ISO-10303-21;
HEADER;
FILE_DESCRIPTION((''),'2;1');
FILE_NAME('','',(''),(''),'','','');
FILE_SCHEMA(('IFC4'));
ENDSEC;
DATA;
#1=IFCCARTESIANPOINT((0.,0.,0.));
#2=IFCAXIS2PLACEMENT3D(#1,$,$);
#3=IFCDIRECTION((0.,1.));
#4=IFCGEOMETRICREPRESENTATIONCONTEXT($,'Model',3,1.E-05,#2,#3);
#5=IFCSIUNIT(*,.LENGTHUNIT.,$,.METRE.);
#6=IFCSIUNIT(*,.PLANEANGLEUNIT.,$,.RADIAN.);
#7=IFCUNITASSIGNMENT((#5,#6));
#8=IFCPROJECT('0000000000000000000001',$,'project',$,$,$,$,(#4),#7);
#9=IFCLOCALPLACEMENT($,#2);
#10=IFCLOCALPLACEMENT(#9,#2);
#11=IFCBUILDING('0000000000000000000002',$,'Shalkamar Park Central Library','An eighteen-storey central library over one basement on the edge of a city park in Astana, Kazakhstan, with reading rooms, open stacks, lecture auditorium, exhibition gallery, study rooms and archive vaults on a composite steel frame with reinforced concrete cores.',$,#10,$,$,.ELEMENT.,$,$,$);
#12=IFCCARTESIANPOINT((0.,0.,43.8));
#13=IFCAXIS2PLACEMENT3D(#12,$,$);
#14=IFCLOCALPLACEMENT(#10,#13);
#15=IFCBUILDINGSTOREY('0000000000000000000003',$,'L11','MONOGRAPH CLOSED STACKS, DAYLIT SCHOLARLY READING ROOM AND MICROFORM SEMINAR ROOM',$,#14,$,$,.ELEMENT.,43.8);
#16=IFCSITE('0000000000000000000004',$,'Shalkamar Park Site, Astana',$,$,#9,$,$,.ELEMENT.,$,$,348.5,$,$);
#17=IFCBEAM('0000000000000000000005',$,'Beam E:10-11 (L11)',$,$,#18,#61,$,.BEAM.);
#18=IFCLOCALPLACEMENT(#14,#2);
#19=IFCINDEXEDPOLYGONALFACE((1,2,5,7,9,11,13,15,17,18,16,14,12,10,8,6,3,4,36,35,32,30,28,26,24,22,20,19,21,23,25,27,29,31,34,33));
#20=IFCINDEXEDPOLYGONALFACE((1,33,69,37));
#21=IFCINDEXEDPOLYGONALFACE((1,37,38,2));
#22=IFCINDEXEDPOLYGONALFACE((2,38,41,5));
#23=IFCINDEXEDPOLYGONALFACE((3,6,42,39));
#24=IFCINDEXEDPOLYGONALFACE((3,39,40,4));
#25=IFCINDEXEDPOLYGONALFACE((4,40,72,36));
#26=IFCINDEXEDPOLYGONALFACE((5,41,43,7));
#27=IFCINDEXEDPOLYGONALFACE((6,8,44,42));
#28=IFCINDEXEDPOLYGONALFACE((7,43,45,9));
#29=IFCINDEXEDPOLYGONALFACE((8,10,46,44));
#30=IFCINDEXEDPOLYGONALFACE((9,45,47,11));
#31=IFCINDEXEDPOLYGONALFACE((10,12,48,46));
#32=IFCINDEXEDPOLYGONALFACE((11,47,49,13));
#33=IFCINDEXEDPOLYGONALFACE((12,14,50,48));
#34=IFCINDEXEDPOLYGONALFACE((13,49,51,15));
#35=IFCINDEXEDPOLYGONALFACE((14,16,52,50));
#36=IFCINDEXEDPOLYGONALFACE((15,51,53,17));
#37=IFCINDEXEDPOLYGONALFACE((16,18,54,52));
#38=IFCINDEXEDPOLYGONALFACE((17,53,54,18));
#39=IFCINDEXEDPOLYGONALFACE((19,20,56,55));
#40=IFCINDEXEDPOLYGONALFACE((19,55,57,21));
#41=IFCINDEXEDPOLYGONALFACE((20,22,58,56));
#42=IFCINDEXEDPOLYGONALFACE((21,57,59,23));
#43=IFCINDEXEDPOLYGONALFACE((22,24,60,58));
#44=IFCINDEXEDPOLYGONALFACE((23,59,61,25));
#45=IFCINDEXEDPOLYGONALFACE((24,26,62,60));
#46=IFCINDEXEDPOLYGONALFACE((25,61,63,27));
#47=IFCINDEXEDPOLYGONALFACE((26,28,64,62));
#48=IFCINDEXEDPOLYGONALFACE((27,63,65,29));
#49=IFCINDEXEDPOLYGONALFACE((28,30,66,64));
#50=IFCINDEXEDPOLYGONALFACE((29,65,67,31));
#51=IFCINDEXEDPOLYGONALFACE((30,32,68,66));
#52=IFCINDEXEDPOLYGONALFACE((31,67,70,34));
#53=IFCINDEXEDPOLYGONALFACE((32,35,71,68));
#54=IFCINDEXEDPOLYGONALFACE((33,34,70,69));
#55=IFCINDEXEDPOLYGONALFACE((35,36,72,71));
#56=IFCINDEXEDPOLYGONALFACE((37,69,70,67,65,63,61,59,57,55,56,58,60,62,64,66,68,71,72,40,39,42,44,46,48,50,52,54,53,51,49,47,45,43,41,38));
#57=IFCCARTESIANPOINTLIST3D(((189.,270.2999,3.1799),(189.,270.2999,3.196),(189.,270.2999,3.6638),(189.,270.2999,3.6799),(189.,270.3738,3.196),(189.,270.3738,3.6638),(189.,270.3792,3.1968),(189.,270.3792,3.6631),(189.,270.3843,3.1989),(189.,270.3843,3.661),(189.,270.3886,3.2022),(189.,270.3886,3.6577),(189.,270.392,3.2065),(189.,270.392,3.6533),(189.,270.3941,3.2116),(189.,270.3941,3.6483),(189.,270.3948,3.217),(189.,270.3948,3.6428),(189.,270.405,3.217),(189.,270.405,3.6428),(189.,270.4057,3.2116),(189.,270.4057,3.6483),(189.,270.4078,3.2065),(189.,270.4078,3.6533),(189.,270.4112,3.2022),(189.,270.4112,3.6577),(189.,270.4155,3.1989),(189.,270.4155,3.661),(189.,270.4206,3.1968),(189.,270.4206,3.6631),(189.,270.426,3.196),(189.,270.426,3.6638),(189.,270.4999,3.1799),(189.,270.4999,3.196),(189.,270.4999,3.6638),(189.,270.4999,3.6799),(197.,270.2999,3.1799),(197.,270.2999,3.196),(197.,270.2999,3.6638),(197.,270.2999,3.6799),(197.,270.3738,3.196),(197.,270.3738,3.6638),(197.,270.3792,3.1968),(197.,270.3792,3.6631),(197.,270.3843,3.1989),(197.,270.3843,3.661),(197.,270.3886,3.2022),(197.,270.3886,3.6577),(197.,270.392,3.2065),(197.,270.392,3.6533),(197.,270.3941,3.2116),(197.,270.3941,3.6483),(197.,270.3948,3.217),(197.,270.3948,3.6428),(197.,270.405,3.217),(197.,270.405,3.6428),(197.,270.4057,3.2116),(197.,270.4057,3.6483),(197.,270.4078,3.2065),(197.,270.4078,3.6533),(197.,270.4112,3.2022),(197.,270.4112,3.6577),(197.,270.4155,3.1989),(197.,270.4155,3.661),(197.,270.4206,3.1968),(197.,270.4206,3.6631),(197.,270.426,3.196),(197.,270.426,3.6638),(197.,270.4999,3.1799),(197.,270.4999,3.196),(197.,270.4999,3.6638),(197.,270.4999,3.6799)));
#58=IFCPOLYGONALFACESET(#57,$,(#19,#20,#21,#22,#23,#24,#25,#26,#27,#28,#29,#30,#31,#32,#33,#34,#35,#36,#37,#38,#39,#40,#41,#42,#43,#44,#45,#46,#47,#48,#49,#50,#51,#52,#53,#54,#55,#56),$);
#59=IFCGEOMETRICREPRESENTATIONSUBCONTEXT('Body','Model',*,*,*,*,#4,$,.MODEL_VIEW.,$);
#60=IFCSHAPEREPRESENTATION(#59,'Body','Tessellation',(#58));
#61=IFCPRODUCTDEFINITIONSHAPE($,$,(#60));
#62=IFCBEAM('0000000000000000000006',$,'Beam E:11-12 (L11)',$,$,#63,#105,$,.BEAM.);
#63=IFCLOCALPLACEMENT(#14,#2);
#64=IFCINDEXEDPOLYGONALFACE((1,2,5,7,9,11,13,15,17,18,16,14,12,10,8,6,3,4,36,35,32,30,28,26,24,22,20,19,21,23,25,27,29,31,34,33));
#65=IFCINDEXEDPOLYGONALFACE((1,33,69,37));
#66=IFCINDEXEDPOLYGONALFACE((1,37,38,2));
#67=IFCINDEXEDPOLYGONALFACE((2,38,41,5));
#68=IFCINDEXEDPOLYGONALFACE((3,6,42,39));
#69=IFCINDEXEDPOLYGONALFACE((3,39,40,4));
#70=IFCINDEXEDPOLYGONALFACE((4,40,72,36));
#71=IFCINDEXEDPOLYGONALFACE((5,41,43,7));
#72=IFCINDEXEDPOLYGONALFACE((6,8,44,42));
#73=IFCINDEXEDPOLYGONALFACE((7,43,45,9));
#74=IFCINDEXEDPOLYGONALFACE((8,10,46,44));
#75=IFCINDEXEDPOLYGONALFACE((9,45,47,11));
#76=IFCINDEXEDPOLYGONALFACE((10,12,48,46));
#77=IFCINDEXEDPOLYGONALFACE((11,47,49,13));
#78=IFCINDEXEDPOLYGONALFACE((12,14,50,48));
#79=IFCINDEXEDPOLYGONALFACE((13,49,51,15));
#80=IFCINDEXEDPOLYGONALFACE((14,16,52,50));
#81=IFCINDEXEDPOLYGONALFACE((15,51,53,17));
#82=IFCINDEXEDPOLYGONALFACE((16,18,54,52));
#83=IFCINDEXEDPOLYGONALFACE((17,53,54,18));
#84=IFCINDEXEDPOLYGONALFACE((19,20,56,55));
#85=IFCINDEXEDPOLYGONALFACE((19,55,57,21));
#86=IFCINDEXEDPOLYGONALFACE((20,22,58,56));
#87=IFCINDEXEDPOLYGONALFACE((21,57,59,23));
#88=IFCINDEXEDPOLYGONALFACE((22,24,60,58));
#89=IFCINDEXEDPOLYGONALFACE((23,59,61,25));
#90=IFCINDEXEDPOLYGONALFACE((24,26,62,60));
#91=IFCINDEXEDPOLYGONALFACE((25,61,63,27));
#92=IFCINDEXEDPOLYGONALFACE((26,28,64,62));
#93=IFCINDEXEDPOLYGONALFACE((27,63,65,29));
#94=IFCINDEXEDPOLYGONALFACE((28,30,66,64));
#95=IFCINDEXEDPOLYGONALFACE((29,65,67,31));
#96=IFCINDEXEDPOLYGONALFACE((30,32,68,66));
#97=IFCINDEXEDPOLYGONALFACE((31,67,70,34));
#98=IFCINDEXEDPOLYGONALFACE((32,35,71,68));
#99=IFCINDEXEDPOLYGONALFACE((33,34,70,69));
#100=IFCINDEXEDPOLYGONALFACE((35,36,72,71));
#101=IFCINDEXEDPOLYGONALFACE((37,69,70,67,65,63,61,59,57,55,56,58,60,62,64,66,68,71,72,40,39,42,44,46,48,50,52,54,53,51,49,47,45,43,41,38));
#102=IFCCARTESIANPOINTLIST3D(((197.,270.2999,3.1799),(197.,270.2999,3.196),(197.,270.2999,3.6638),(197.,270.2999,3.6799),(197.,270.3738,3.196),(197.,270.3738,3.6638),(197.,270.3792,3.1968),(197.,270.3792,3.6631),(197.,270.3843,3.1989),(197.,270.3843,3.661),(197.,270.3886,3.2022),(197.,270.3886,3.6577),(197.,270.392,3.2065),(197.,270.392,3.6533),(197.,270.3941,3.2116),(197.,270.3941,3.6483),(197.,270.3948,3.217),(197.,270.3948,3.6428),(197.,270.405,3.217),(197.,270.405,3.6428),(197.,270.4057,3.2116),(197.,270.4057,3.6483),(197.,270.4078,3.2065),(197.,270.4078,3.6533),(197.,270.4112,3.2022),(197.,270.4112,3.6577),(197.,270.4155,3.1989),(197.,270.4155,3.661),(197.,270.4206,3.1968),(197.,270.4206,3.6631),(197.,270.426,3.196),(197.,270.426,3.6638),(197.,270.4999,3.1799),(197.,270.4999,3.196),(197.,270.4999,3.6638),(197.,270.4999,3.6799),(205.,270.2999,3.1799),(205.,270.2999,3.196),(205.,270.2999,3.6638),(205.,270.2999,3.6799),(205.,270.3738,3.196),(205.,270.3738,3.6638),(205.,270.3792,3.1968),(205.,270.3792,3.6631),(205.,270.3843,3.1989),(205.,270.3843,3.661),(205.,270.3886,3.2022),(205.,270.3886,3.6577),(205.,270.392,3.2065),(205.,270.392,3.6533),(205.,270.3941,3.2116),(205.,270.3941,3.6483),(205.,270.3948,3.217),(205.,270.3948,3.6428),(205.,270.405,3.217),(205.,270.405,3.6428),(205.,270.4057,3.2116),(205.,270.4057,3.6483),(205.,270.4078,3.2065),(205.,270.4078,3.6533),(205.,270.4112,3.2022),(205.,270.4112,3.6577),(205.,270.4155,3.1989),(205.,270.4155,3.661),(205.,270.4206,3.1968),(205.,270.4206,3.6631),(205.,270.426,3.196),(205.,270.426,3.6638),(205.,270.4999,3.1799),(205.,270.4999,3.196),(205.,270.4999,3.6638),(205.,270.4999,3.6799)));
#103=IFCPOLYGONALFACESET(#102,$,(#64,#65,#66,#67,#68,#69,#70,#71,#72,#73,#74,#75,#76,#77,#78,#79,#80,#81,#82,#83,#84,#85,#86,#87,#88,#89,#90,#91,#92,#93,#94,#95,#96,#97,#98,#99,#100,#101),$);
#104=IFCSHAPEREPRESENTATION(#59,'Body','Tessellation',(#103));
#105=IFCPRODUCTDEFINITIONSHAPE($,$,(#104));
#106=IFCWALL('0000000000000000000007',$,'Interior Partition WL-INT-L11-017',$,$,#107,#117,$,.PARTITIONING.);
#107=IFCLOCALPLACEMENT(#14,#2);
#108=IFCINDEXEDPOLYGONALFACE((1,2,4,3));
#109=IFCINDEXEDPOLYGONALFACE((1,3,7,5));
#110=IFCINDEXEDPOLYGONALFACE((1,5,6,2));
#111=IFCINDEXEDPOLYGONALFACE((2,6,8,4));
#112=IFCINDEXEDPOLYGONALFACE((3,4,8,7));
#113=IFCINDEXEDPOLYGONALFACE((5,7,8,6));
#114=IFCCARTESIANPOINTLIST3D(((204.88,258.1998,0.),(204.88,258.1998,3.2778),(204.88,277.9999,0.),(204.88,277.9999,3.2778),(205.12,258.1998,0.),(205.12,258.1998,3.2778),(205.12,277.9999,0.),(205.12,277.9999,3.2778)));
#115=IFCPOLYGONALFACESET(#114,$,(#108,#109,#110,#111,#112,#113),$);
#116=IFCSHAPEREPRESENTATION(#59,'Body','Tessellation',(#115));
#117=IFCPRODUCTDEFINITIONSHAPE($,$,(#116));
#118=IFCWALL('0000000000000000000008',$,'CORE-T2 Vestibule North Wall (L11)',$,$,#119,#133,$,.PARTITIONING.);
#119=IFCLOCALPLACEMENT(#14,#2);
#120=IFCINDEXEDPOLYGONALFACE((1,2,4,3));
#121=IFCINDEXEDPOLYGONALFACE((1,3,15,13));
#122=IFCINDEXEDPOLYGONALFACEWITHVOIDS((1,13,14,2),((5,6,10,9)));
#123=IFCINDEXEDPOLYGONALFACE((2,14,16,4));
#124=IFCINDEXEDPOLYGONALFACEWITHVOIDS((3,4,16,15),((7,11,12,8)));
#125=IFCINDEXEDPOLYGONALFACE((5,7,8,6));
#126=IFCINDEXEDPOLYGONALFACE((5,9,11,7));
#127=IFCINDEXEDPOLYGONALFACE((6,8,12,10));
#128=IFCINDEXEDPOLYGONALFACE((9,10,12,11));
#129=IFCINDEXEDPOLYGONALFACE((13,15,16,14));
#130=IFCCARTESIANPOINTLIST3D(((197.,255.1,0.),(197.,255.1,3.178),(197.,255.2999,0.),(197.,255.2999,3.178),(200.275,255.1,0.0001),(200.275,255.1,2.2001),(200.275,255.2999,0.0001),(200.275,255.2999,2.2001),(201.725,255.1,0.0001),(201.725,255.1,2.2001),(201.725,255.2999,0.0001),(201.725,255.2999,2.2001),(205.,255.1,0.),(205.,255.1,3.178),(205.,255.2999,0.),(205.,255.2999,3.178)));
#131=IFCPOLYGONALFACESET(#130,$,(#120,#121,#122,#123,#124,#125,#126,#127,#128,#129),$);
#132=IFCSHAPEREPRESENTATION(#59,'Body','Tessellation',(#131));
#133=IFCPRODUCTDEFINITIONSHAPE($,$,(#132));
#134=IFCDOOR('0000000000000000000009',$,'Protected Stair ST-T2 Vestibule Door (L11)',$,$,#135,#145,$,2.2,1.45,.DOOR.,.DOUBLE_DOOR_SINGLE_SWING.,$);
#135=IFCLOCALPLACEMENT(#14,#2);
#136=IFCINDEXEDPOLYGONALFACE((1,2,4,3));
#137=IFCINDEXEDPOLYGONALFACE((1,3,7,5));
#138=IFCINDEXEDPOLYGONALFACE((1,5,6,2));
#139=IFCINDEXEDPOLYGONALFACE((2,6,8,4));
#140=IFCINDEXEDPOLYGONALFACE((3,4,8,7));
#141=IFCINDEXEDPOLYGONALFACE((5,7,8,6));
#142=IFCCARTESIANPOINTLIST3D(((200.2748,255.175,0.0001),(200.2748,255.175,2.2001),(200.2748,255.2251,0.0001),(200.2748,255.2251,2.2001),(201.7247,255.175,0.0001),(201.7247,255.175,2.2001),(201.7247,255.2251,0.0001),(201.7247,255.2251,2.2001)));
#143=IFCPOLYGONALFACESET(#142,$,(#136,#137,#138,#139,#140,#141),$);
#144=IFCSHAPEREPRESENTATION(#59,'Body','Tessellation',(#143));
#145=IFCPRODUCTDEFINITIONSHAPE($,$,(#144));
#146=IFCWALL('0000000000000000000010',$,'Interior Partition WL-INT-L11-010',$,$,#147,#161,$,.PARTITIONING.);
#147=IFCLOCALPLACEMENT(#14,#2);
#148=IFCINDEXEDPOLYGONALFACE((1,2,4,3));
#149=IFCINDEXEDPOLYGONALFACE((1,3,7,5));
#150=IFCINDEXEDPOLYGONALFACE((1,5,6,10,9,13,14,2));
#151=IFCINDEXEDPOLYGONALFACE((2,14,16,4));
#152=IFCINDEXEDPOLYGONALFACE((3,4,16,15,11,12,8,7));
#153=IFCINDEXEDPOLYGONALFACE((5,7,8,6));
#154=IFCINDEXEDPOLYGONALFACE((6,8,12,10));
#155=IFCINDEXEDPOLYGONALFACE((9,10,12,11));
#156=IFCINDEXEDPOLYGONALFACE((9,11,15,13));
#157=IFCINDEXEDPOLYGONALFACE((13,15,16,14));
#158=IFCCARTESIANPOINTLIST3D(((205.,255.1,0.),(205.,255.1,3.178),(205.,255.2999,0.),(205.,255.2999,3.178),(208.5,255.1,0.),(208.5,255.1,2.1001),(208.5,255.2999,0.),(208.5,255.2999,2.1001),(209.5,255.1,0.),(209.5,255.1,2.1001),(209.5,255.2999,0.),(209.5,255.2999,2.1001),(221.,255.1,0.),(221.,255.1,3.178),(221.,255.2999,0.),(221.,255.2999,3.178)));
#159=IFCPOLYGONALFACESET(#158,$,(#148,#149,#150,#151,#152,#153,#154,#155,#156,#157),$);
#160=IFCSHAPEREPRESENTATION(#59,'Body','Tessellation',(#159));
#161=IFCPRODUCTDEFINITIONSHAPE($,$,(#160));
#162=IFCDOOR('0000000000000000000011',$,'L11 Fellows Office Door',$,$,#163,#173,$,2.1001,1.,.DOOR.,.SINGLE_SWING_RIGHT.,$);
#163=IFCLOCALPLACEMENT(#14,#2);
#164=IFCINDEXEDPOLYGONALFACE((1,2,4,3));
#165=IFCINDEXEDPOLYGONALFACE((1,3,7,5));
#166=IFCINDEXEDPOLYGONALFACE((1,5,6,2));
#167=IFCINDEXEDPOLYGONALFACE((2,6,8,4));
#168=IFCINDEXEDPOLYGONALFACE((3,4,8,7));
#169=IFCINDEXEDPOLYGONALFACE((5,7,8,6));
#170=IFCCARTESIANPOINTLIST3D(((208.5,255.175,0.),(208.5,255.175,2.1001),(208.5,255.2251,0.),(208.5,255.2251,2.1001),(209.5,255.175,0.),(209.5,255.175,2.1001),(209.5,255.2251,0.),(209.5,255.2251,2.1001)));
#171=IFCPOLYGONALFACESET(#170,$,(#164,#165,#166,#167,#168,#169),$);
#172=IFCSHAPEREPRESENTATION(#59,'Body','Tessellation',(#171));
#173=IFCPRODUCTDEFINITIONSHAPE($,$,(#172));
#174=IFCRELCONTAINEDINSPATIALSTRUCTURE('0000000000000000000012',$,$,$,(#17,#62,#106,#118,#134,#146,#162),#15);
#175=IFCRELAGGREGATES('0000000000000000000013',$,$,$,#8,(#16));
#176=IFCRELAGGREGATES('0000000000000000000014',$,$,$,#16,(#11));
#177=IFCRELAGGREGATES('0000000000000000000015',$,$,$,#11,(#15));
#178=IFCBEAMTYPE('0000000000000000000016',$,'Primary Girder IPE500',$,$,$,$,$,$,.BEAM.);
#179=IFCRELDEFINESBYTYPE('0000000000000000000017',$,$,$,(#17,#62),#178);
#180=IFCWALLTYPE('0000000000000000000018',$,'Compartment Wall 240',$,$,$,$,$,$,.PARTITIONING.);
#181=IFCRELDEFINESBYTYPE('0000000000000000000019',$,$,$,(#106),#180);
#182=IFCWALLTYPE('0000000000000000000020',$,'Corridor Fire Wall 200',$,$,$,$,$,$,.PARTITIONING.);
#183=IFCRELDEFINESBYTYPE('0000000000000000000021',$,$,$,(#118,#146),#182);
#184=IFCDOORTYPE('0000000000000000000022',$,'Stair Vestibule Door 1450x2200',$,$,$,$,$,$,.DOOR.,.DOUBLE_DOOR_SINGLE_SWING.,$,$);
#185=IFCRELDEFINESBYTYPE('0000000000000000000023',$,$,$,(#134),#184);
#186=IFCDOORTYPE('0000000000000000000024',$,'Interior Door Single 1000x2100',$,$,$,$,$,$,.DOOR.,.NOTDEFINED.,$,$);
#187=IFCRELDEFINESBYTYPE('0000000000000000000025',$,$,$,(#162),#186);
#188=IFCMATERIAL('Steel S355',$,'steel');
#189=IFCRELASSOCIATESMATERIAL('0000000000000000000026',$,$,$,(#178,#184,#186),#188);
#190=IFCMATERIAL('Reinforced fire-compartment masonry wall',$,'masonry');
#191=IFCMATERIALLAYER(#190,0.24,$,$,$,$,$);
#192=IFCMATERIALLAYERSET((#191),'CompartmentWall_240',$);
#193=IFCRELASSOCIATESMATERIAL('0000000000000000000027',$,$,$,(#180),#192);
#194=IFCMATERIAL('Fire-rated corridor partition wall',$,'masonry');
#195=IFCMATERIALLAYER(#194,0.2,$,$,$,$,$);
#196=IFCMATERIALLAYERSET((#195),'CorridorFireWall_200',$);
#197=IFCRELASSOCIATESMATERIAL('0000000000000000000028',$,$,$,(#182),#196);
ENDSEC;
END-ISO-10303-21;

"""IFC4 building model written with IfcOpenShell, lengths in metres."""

from ifc_helpers import new_model, si_unit, direction, frame, frame_2d, origin, origin_2d, place, context, subcontext, project, spatial, rectangle, i_section, extrude, material, layer, layer_set, material_profile, profile_set, type_object, element, fill, save


model = new_model("IFC4")

# Units and contexts
model_context = context("Model", 3, precision=1e-05, world=origin(), true_north=direction((0.0, 1.0)))
body_context = subcontext(model_context, "Body", "Model", "MODEL_VIEW")
ifc_project = project(units=[si_unit("LENGTHUNIT", "METRE"), si_unit("PLANEANGLEUNIT", "RADIAN")], contexts=[model_context])

# Site, building, storey
site_placement = place(None, origin())
site = spatial("IfcSite", under=ifc_project, at=site_placement, Name="Shalkamar Park Site, Astana", CompositionType="ELEMENT", RefElevation=348.5)
building_placement = place(site_placement, origin())
building = spatial("IfcBuilding", under=site, at=building_placement, Name="Shalkamar Park Central Library", Description="An eighteen-storey central library over one basement on the edge of a city park in Astana, Kazakhstan, with reading rooms, open stacks, lecture auditorium, exhibition gallery, study rooms and archive vaults on a composite steel frame with reinforced concrete cores.", CompositionType="ELEMENT")
storey_placement = place(building_placement, frame((0.0, 0.0, 43.8)))
storey = spatial("IfcBuildingStorey", under=building, at=storey_placement, Name="L11", Description="MONOGRAPH CLOSED STACKS, DAYLIT SCHOLARLY READING ROOM AND MICROFORM SEMINAR ROOM", CompositionType="ELEMENT", Elevation=43.8)

# Shared definitions
ifc_material_1 = material(Name="Steel S355", Category="steel")

# Beams
ifc_material_profile_1 = material_profile(ifc_material_1, i_section(OverallWidth=0.2, OverallDepth=0.5, WebThickness=0.0103, FlangeThickness=0.0161, FilletRadius=0.021, at=origin_2d()), Name="IPE 500")
ifc_profile_set_1 = profile_set([ifc_material_profile_1], Name="Steel S355")
beam_type_1 = type_object("IfcBeamType", Name="Primary Girder IPE500", PredefinedType="BEAM", material=ifc_profile_set_1)
for number, where, z_axis, x_axis, name in (
    (1, (189.0, 270.3999, 3.4299), (1.0, 0.0, 0.0), (0.0, 1.0, 0.0), "Beam E:10-11 (L11)"),
    (2, (197.0, 270.3999, 3.4299), (1.0, 0.0, 0.0), (0.0, 1.0, 0.0), "Beam E:11-12 (L11)"),
):
    element("IfcBeam", number, at=place(storey_placement, frame(where, z_axis=z_axis, x_axis=x_axis)), inside=storey, type_object=beam_type_1, Name=name, PredefinedType="BEAM", context=body_context, shape_type="SweptSolid", body=[
        extrude(i_section(OverallWidth=0.2, OverallDepth=0.5, WebThickness=0.0103, FlangeThickness=0.0161, FilletRadius=0.021, at=origin_2d()), origin(), (0.0, 0.0, 1.0), 8.0),
    ])

# Wall
ifc_material_2 = material(Name="Reinforced fire-compartment masonry wall", Category="masonry")
ifc_layer_1 = layer(ifc_material_2, 0.24)
ifc_layer_set_1 = layer_set([ifc_layer_1], Name="CompartmentWall_240")
wall_type_1 = type_object("IfcWallType", Name="Compartment Wall 240", PredefinedType="PARTITIONING", material=ifc_layer_set_1)
wall_1_placement = place(storey_placement, frame((205.0, 258.2, 0.0), z_axis=(0.0, 0.0, 1.0), x_axis=(0.0, 1.0, 0.0)))
element("IfcWall", 3, at=wall_1_placement, inside=storey, type_object=wall_type_1, Name="Interior Partition WL-INT-L11-017", PredefinedType="PARTITIONING", context=body_context, shape_type="SweptSolid", body=[
    extrude(rectangle(XDim=19.8, YDim=0.24, at=frame_2d((9.8999, 0.0))), origin(), (0.0, 0.0, 1.0), 3.2778),
])

# Walls, openings, doors
ifc_material_3 = material(Name="Fire-rated corridor partition wall", Category="masonry")
ifc_layer_2 = layer(ifc_material_3, 0.2)
ifc_layer_set_2 = layer_set([ifc_layer_2], Name="CorridorFireWall_200")
wall_type_2 = type_object("IfcWallType", Name="Corridor Fire Wall 200", PredefinedType="PARTITIONING", material=ifc_layer_set_2)
wall_2_placement = place(storey_placement, frame((197.0, 255.2, 0.0), z_axis=(0.0, 0.0, 1.0), x_axis=(1.0, 0.0, 0.0)))
wall_2 = element("IfcWall", 4, at=wall_2_placement, inside=storey, type_object=wall_type_2, Name="CORE-T2 Vestibule North Wall (L11)", PredefinedType="PARTITIONING", context=body_context, shape_type="SweptSolid", body=[
    extrude(rectangle(XDim=8.0, YDim=0.2, at=frame_2d((4.0, 0.0))), origin(), (0.0, 0.0, 1.0), 3.178),
])
opening_1_placement = place(wall_2_placement, frame((3.2749, 0.0, 0.0)))
opening_1 = element("IfcOpeningElement", 5, at=opening_1_placement, cuts=wall_2, PredefinedType="OPENING", context=body_context, shape_type="SweptSolid", body=[
    extrude(rectangle(XDim=1.45, YDim=2.2, at=frame_2d((0.7251, 1.1001))), frame((0.0, 0.1147, 0.0), z_axis=(0.0, -1.0, 0.0), x_axis=(1.0, 0.0, 0.0)), (0.0, 0.0, 1.0), 0.2297),
])
door_type_1 = type_object("IfcDoorType", Name="Stair Vestibule Door 1450x2200", OperationType="DOUBLE_DOOR_SINGLE_SWING", PredefinedType="DOOR", material=ifc_material_1)
door_1_placement = place(opening_1_placement, frame((1.45, 0.0, 0.0), z_axis=(0.0, 0.0, 1.0), x_axis=(-1.0, 0.0, 0.0)))
door_1 = element("IfcDoor", 6, at=door_1_placement, inside=storey, type_object=door_type_1, Name="Protected Stair ST-T2 Vestibule Door (L11)", OperationType="DOUBLE_DOOR_SINGLE_SWING", OverallHeight=2.2, OverallWidth=1.45, PredefinedType="DOOR", context=body_context, shape_type="SweptSolid", body=[
    extrude(rectangle(XDim=1.45, YDim=2.2, at=frame_2d((0.7251, 1.1001))), frame((0.0, 0.0249, 0.0), z_axis=(0.0, -1.0, 0.0), x_axis=(1.0, 0.0, 0.0)), (0.0, 0.0, 1.0), 0.05),
])
fill(opening_1, door_1)
wall_3_placement = place(storey_placement, frame((205.0, 255.2, 0.0), z_axis=(0.0, 0.0, 1.0), x_axis=(1.0, 0.0, 0.0)))
wall_3 = element("IfcWall", 7, at=wall_3_placement, inside=storey, type_object=wall_type_2, Name="Interior Partition WL-INT-L11-010", PredefinedType="PARTITIONING", context=body_context, shape_type="SweptSolid", body=[
    extrude(rectangle(XDim=16.0, YDim=0.2, at=frame_2d((8.0, 0.0))), origin(), (0.0, 0.0, 1.0), 3.178),
])
opening_2_placement = place(wall_3_placement, frame((3.5, 0.0, 0.0)))
opening_2 = element("IfcOpeningElement", 8, at=opening_2_placement, cuts=wall_3, PredefinedType="OPENING", context=body_context, shape_type="SweptSolid", body=[
    extrude(rectangle(XDim=1.0, YDim=2.1001, at=frame_2d((0.5, 1.05))), frame((0.0, 0.1147, 0.0), z_axis=(0.0, -1.0, 0.0), x_axis=(1.0, 0.0, 0.0)), (0.0, 0.0, 1.0), 0.2297),
])
door_type_2 = type_object("IfcDoorType", Name="Interior Door Single 1000x2100", OperationType="NOTDEFINED", PredefinedType="DOOR", material=ifc_material_1)
door_2_placement = place(opening_2_placement, frame((1.0, 0.0, 0.0), z_axis=(0.0, 0.0, 1.0), x_axis=(-1.0, 0.0, 0.0)))
door_2 = element("IfcDoor", 9, at=door_2_placement, inside=storey, type_object=door_type_2, Name="L11 Fellows Office Door", OperationType="SINGLE_SWING_RIGHT", OverallHeight=2.1001, OverallWidth=1.0, PredefinedType="DOOR", context=body_context, shape_type="SweptSolid", body=[
    extrude(rectangle(XDim=1.0, YDim=2.1001, at=frame_2d((0.5, 1.05))), frame((0.0, 0.0249, 0.0), z_axis=(0.0, -1.0, 0.0), x_axis=(1.0, 0.0, 0.0)), (0.0, 0.0, 1.0), 0.05),
])
fill(opening_2, door_2)

save(model, "model.ifc")
